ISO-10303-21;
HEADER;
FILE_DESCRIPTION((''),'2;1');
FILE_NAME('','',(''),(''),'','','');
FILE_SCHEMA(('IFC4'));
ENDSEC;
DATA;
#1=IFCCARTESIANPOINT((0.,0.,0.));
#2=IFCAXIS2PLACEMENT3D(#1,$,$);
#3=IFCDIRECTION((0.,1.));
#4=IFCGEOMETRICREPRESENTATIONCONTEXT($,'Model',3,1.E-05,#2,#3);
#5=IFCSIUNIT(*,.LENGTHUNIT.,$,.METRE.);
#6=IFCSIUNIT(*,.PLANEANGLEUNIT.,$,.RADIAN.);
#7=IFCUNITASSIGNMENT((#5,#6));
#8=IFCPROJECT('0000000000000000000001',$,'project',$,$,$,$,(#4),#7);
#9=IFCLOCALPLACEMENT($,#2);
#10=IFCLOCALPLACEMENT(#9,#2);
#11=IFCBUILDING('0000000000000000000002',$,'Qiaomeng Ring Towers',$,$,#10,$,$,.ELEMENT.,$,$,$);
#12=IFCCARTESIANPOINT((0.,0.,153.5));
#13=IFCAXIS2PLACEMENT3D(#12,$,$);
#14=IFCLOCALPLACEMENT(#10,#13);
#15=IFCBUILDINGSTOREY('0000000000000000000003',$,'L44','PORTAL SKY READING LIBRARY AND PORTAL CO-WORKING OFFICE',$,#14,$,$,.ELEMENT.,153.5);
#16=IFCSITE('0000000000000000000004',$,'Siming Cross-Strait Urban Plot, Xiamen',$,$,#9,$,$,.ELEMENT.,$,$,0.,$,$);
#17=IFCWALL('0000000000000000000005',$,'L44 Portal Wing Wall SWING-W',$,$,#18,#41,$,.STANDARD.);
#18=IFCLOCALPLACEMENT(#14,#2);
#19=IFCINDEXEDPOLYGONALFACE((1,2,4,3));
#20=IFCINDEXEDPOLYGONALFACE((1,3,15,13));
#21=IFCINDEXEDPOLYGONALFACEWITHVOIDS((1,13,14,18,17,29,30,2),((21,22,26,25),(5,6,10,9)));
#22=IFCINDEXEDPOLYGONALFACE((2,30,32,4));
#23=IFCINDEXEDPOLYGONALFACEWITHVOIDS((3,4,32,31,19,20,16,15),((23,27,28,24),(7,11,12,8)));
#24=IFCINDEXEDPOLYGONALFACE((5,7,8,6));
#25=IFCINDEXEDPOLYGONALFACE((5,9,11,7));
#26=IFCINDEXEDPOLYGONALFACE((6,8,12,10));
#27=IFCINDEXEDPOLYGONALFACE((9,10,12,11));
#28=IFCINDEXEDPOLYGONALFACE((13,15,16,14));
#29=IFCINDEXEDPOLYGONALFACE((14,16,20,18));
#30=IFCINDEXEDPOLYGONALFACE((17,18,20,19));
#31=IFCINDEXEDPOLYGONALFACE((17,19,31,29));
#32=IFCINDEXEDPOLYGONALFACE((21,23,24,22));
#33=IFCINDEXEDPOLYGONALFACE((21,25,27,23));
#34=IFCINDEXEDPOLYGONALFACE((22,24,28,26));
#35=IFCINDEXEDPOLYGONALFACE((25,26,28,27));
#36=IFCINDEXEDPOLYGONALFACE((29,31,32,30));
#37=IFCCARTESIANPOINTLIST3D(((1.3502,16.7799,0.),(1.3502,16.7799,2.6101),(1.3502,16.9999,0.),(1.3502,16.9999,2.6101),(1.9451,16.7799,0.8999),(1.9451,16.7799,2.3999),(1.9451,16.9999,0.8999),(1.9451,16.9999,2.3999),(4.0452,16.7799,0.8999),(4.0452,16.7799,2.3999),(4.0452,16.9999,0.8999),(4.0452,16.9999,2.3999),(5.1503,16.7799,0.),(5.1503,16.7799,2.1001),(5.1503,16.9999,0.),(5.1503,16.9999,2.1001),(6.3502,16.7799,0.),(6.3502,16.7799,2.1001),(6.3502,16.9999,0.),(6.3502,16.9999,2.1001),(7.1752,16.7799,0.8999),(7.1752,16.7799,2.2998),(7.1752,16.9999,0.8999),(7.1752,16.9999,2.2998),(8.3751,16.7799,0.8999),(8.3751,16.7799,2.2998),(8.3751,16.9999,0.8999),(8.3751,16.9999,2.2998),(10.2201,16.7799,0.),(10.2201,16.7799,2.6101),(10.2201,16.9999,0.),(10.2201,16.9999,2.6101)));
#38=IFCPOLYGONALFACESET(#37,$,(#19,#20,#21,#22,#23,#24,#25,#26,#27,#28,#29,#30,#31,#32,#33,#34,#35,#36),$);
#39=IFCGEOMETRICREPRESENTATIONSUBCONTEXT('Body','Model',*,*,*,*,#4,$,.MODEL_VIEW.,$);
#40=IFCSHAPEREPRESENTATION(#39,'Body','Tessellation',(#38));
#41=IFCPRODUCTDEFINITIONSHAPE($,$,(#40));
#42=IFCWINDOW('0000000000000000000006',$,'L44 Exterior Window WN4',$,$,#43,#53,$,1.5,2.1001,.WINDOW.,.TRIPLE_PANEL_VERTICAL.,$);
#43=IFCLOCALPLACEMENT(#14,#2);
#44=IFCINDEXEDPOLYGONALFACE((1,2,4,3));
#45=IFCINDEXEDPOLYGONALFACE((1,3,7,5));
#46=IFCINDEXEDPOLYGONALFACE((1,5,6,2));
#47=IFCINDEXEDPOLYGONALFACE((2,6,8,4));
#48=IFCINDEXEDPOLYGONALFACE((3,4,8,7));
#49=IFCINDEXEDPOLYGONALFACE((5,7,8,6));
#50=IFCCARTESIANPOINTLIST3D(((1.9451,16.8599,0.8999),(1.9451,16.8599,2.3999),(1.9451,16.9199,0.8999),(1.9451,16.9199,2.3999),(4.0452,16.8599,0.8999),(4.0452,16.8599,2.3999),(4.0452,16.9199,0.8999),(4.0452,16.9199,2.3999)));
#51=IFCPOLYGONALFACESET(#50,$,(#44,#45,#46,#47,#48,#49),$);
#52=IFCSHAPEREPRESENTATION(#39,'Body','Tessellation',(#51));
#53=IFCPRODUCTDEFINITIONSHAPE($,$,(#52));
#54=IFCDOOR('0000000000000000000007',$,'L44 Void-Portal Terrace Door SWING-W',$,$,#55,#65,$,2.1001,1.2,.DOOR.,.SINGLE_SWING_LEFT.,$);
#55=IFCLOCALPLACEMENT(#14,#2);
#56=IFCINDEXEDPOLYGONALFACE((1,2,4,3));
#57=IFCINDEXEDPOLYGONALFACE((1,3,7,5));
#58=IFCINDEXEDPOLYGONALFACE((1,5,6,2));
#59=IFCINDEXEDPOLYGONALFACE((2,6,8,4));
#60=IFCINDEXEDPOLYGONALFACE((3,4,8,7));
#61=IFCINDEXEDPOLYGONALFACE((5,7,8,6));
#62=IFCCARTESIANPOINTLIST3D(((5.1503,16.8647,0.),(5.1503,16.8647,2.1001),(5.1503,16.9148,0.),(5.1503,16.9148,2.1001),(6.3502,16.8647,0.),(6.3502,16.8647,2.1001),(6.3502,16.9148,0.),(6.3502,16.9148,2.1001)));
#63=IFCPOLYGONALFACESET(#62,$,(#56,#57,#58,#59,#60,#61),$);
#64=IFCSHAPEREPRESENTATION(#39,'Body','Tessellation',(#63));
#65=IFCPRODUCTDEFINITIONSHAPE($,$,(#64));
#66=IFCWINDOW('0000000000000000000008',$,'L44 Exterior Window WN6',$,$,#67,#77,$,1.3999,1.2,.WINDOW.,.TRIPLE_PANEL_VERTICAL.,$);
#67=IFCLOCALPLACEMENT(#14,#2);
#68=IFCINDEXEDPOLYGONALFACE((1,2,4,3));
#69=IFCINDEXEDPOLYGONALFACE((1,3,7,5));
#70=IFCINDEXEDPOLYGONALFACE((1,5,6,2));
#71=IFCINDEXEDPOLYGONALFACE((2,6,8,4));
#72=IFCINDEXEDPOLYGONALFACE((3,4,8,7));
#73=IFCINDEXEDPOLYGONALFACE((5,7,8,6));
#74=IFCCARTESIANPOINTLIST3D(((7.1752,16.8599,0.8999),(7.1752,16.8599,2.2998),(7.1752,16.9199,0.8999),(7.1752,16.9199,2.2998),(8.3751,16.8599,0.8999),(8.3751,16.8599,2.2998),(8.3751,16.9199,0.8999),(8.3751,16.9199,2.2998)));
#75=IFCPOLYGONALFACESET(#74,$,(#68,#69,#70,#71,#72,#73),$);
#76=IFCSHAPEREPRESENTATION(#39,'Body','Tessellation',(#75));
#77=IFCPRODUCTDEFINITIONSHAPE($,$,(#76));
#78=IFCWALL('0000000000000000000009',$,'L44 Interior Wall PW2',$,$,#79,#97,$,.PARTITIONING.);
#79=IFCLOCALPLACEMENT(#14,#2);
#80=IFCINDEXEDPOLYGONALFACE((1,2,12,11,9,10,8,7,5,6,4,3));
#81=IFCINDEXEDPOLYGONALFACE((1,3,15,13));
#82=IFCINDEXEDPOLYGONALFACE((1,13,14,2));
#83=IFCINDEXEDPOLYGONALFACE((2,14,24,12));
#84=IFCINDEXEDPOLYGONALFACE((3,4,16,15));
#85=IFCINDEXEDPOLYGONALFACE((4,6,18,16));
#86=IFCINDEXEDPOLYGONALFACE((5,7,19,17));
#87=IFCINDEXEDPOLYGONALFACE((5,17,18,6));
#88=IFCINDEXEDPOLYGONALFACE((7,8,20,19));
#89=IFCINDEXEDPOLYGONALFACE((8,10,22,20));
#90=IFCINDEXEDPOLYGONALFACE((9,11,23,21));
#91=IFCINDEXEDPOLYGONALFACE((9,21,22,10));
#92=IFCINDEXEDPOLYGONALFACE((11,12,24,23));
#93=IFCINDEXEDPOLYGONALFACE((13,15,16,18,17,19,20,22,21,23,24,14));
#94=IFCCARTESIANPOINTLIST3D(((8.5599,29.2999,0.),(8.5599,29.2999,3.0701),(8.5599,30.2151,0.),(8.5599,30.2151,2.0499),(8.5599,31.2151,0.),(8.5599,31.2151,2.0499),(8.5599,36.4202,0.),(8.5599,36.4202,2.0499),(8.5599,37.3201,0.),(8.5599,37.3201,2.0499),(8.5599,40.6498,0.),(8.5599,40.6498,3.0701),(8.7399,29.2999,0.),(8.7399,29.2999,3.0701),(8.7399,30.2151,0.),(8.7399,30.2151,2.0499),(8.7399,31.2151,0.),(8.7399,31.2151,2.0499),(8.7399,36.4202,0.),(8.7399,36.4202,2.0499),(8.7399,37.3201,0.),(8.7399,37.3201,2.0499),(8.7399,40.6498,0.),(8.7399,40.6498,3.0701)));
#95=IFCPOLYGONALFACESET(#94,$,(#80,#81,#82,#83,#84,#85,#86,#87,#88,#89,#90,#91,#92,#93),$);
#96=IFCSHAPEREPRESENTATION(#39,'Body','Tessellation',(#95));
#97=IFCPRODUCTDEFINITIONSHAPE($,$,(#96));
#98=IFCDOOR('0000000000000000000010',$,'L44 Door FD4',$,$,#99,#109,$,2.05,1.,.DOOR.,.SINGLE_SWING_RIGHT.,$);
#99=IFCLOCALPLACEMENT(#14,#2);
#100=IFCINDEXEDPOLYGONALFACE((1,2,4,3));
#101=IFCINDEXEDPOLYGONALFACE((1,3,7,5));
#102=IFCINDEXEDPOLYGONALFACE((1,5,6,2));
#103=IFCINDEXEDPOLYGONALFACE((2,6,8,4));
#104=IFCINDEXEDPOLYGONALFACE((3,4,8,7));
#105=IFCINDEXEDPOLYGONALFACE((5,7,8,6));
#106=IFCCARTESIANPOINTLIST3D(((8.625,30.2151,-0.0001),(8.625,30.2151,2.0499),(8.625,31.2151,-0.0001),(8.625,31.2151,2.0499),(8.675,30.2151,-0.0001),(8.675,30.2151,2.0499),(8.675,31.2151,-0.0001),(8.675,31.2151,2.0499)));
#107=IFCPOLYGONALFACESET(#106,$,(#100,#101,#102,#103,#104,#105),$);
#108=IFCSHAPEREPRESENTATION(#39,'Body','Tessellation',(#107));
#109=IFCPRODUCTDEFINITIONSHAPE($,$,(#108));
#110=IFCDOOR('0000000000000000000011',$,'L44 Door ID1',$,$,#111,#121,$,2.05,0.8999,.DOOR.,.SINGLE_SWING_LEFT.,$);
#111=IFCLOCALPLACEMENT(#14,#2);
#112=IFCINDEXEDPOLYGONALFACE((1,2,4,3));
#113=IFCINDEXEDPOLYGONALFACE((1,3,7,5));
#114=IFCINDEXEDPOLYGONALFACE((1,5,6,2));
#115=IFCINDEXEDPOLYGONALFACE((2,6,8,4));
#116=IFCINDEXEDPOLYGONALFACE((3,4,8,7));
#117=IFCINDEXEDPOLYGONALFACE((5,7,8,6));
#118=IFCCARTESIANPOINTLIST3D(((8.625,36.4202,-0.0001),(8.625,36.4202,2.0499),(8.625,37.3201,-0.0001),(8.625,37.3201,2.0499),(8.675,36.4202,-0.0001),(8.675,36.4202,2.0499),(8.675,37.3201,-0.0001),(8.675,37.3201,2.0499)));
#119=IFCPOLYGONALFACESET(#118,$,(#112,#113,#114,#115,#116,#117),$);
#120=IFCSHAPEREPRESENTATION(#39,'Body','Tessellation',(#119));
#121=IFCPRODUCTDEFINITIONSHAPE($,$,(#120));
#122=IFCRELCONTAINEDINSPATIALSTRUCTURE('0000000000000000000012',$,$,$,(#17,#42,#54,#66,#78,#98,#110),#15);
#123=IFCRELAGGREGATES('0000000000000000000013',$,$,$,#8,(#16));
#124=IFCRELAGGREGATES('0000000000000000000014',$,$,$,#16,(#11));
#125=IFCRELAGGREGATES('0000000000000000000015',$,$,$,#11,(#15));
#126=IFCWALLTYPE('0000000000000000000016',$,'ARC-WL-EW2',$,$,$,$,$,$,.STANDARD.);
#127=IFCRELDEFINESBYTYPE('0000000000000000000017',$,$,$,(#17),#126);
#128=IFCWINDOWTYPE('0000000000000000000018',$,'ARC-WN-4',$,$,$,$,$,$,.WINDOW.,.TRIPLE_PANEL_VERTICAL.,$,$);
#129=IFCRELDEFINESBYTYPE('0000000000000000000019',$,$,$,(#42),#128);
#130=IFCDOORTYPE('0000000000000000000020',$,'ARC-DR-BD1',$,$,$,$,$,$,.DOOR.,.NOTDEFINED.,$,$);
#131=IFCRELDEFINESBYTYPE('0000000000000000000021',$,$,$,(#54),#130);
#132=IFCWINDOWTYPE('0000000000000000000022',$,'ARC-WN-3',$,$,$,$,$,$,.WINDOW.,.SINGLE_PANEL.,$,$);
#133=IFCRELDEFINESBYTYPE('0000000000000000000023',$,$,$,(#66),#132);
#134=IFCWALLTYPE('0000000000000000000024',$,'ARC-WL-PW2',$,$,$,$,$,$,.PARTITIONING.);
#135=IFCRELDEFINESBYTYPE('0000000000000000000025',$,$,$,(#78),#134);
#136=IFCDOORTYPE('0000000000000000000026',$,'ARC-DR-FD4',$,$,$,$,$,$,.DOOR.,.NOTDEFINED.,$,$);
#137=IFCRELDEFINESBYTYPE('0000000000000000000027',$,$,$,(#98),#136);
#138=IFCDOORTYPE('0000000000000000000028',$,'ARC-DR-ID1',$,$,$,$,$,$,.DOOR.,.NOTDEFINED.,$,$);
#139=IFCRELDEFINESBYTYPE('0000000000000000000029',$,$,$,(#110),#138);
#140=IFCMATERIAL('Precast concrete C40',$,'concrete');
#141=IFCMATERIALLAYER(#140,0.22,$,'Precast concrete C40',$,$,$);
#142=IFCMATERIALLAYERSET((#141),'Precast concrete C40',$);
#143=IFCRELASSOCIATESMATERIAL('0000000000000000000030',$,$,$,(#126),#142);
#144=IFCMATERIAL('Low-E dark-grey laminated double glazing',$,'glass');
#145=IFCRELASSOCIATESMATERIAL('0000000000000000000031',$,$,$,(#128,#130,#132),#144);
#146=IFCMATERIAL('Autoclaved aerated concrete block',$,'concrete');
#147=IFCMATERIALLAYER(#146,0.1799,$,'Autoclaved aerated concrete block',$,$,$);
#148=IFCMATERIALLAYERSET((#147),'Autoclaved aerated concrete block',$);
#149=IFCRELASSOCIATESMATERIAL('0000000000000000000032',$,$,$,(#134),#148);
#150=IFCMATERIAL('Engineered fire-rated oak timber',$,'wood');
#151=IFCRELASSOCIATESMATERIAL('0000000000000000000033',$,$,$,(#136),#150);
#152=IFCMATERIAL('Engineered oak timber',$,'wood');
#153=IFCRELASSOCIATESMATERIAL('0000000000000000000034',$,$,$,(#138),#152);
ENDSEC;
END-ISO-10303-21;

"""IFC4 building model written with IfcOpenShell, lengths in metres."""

from ifc_helpers import new_model, si_unit, direction, frame, frame_2d, origin, place, context, subcontext, project, spatial, rectangle, extrude, source, transform, mapped, material, layer, layer_set, type_object, element, fill, save


model = new_model("IFC4")

# Units and contexts
model_context = context("Model", 3, precision=1e-05, world=origin(), true_north=direction((0.0, 1.0)))
body_context = subcontext(model_context, "Body", "Model", "MODEL_VIEW")
ifc_project = project(units=[si_unit("LENGTHUNIT", "METRE"), si_unit("PLANEANGLEUNIT", "RADIAN")], contexts=[model_context])

# Site, building, storey
site_placement = place(None, origin())
site = spatial("IfcSite", under=ifc_project, at=site_placement, Name="Siming Cross-Strait Urban Plot, Xiamen", CompositionType="ELEMENT", RefElevation=0.0)
building_placement = place(site_placement, origin())
building = spatial("IfcBuilding", under=site, at=building_placement, Name="Qiaomeng Ring Towers", CompositionType="ELEMENT")
storey_placement = place(building_placement, frame((0.0, 0.0, 153.5)))
storey = spatial("IfcBuildingStorey", under=building, at=storey_placement, Name="L44", Description="PORTAL SKY READING LIBRARY AND PORTAL CO-WORKING OFFICE", CompositionType="ELEMENT", Elevation=153.5)

# Shared definitions
ifc_material_1 = material(Name="Precast concrete C40", Category="concrete")
ifc_layer_1 = layer(ifc_material_1, 0.22, Name="Precast concrete C40")
ifc_layer_set_1 = layer_set([ifc_layer_1], Name="Precast concrete C40")
wall_type_1 = type_object("IfcWallType", Name="ARC-WL-EW2", PredefinedType="STANDARD", material=ifc_layer_set_1)
ifc_material_2 = material(Name="Low-E dark-grey laminated double glazing", Category="glass")
window_type_1 = type_object("IfcWindowType", Name="ARC-WN-4", PartitioningType="TRIPLE_PANEL_VERTICAL", PredefinedType="WINDOW", material=ifc_material_2)
door_type_1 = type_object("IfcDoorType", Name="ARC-DR-BD1", OperationType="NOTDEFINED", PredefinedType="DOOR", material=ifc_material_2)
shared_shape_1 = source(origin(), body_context, "Body", "SweptSolid", [
    extrude(rectangle(XDim=1.2, YDim=2.1001, at=frame_2d((0.6001, 1.05))), frame((0.0, 0.0249, 0.0), z_axis=(0.0, -1.0, 0.0), x_axis=(1.0, 0.0, 0.0)), (0.0, 0.0, 1.0), 0.05),
])

# Wall, openings, windows, door
wall_1_placement = place(storey_placement, frame((1.3501, 16.8899, 0.0), z_axis=(0.0, 0.0, 1.0), x_axis=(1.0, 0.0, 0.0)))
wall_1 = element("IfcWall", 1, at=wall_1_placement, inside=storey, type_object=wall_type_1, Name="L44 Portal Wing Wall SWING-W", PredefinedType="STANDARD", context=body_context, shape_type="SweptSolid", body=[
    extrude(rectangle(XDim=8.8699, YDim=0.22, at=frame_2d((4.4351, 0.0))), origin(), (0.0, 0.0, 1.0), 2.6101),
])
opening_1_placement = place(wall_1_placement, frame((3.8, 0.0, 0.0)))
opening_1 = element("IfcOpeningElement", 2, at=opening_1_placement, cuts=wall_1, PredefinedType="OPENING", context=body_context, shape_type="SweptSolid", body=[
    extrude(rectangle(XDim=1.2, YDim=2.1001, at=frame_2d((0.6001, 1.05))), frame((0.0, 0.1199, 0.0), z_axis=(0.0, -1.0, 0.0), x_axis=(1.0, 0.0, 0.0)), (0.0, 0.0, 1.0), 0.24),
])
opening_2_placement = place(wall_1_placement, frame((0.595, 0.0, 0.8999)))
opening_2 = element("IfcOpeningElement", 3, at=opening_2_placement, cuts=wall_1, PredefinedType="OPENING", context=body_context, shape_type="SweptSolid", body=[
    extrude(rectangle(XDim=2.1001, YDim=1.5, at=frame_2d((1.05, 0.75))), frame((0.0, 0.1199, 0.0), z_axis=(0.0, -1.0, 0.0), x_axis=(1.0, 0.0, 0.0)), (0.0, 0.0, 1.0), 0.24),
])
opening_3_placement = place(wall_1_placement, frame((5.825, 0.0, 0.8999)))
opening_3 = element("IfcOpeningElement", 4, at=opening_3_placement, cuts=wall_1, PredefinedType="OPENING", context=body_context, shape_type="SweptSolid", body=[
    extrude(rectangle(XDim=1.2, YDim=1.3999, at=frame_2d((0.6001, 0.7))), frame((0.0, 0.1199, 0.0), z_axis=(0.0, -1.0, 0.0), x_axis=(1.0, 0.0, 0.0)), (0.0, 0.0, 1.0), 0.24),
])
shared_shape_2 = source(origin(), body_context, "Body", "SweptSolid", [
    extrude(rectangle(XDim=2.1001, YDim=1.5, at=frame_2d((1.05, 0.75))), frame((0.0, 0.03, 0.0), z_axis=(0.0, -1.0, 0.0), x_axis=(1.0, 0.0, 0.0)), (0.0, 0.0, 1.0), 0.0601),
])
window_1_placement = place(opening_2_placement, origin())
window_1 = element("IfcWindow", 5, at=window_1_placement, inside=storey, type_object=window_type_1, Name="L44 Exterior Window WN4", OverallHeight=1.5, OverallWidth=2.1001, PartitioningType="TRIPLE_PANEL_VERTICAL", PredefinedType="WINDOW", context=body_context, shape_type="MappedRepresentation", body=[
    mapped(shared_shape_2, transform((0.0, 0.0, 0.0), x_axis=(1.0, 0.0, 0.0), y_axis=(0.0, 1.0, 0.0), z_axis=(0.0, 0.0, 1.0), scale=1.0)),
])
fill(opening_2, window_1)
door_1_placement = place(opening_1_placement, origin())
door_1 = element("IfcDoor", 6, at=door_1_placement, inside=storey, type_object=door_type_1, Name="L44 Void-Portal Terrace Door SWING-W", OperationType="SINGLE_SWING_LEFT", OverallHeight=2.1001, OverallWidth=1.2, PredefinedType="DOOR", context=body_context, shape_type="MappedRepresentation", body=[
    mapped(shared_shape_1, transform((0.0, 0.0, 0.0), x_axis=(1.0, 0.0, 0.0), y_axis=(0.0, 1.0, 0.0), z_axis=(0.0, 0.0, 1.0), scale=1.0)),
])
fill(opening_1, door_1)
window_type_2 = type_object("IfcWindowType", Name="ARC-WN-3", PartitioningType="SINGLE_PANEL", PredefinedType="WINDOW", material=ifc_material_2)
shared_shape_3 = source(origin(), body_context, "Body", "SweptSolid", [
    extrude(rectangle(XDim=1.2, YDim=1.3999, at=frame_2d((0.6001, 0.7))), frame((0.0, 0.03, 0.0), z_axis=(0.0, -1.0, 0.0), x_axis=(1.0, 0.0, 0.0)), (0.0, 0.0, 1.0), 0.0601),
])
window_2_placement = place(opening_3_placement, origin())
window_2 = element("IfcWindow", 7, at=window_2_placement, inside=storey, type_object=window_type_2, Name="L44 Exterior Window WN6", OverallHeight=1.3999, OverallWidth=1.2, PartitioningType="TRIPLE_PANEL_VERTICAL", PredefinedType="WINDOW", context=body_context, shape_type="MappedRepresentation", body=[
    mapped(shared_shape_3, transform((0.0, 0.0, 0.0), x_axis=(1.0, 0.0, 0.0), y_axis=(0.0, 1.0, 0.0), z_axis=(0.0, 0.0, 1.0), scale=1.0)),
])
fill(opening_3, window_2)

# Wall, openings, doors
ifc_material_3 = material(Name="Autoclaved aerated concrete block", Category="concrete")
ifc_layer_2 = layer(ifc_material_3, 0.1799, Name="Autoclaved aerated concrete block")
ifc_layer_set_2 = layer_set([ifc_layer_2], Name="Autoclaved aerated concrete block")
wall_type_2 = type_object("IfcWallType", Name="ARC-WL-PW2", PredefinedType="PARTITIONING", material=ifc_layer_set_2)
wall_2_placement = place(storey_placement, frame((8.6499, 29.3, 0.0), z_axis=(0.0, 0.0, 1.0), x_axis=(0.0, 1.0, 0.0)))
wall_2 = element("IfcWall", 8, at=wall_2_placement, inside=storey, type_object=wall_type_2, Name="L44 Interior Wall PW2", PredefinedType="PARTITIONING", context=body_context, shape_type="SweptSolid", body=[
    extrude(rectangle(XDim=11.3499, YDim=0.1799, at=frame_2d((5.6748, 0.0))), origin(), (0.0, 0.0, 1.0), 3.0701),
])
opening_4_placement = place(wall_2_placement, frame((0.915, 0.0, 0.0)))
opening_4 = element("IfcOpeningElement", 9, at=opening_4_placement, cuts=wall_2, PredefinedType="OPENING", context=body_context, shape_type="SweptSolid", body=[
    extrude(rectangle(XDim=1.0, YDim=2.05, at=frame_2d((0.5, 1.0249))), frame((0.0, 0.0999, 0.0), z_axis=(0.0, -1.0, 0.0), x_axis=(1.0, 0.0, 0.0)), (0.0, 0.0, 1.0), 0.2),
])
opening_5_placement = place(wall_2_placement, frame((7.1201, 0.0, 0.0)))
opening_5 = element("IfcOpeningElement", 10, at=opening_5_placement, cuts=wall_2, PredefinedType="OPENING", context=body_context, shape_type="SweptSolid", body=[
    extrude(rectangle(XDim=0.8999, YDim=2.05, at=frame_2d((0.45, 1.0249))), frame((0.0, 0.0999, 0.0), z_axis=(0.0, -1.0, 0.0), x_axis=(1.0, 0.0, 0.0)), (0.0, 0.0, 1.0), 0.2),
])
ifc_material_4 = material(Name="Engineered fire-rated oak timber", Category="wood")
door_type_2 = type_object("IfcDoorType", Name="ARC-DR-FD4", OperationType="NOTDEFINED", PredefinedType="DOOR", material=ifc_material_4)
shared_shape_4 = source(origin(), body_context, "Body", "SweptSolid", [
    extrude(rectangle(XDim=1.0, YDim=2.05, at=frame_2d((0.5, 1.0249))), frame((0.0, 0.0249, 0.0), z_axis=(0.0, -1.0, 0.0), x_axis=(1.0, 0.0, 0.0)), (0.0, 0.0, 1.0), 0.05),
])
door_2_placement = place(opening_4_placement, origin())
door_2 = element("IfcDoor", 11, at=door_2_placement, inside=storey, type_object=door_type_2, Name="L44 Door FD4", OperationType="SINGLE_SWING_RIGHT", OverallHeight=2.05, OverallWidth=1.0, PredefinedType="DOOR", context=body_context, shape_type="MappedRepresentation", body=[
    mapped(shared_shape_4, transform((0.0, 0.0, 0.0), x_axis=(1.0, 0.0, 0.0), y_axis=(0.0, 1.0, 0.0), z_axis=(0.0, 0.0, 1.0), scale=1.0)),
])
fill(opening_4, door_2)
ifc_material_5 = material(Name="Engineered oak timber", Category="wood")
door_type_3 = type_object("IfcDoorType", Name="ARC-DR-ID1", OperationType="NOTDEFINED", PredefinedType="DOOR", material=ifc_material_5)
shared_shape_5 = source(origin(), body_context, "Body", "SweptSolid", [
    extrude(rectangle(XDim=0.8999, YDim=2.05, at=frame_2d((0.45, 1.0249))), frame((0.0, 0.0249, 0.0), z_axis=(0.0, -1.0, 0.0), x_axis=(1.0, 0.0, 0.0)), (0.0, 0.0, 1.0), 0.05),
])
door_3_placement = place(opening_5_placement, origin())
door_3 = element("IfcDoor", 12, at=door_3_placement, inside=storey, type_object=door_type_3, Name="L44 Door ID1", OperationType="SINGLE_SWING_LEFT", OverallHeight=2.05, OverallWidth=0.8999, PredefinedType="DOOR", context=body_context, shape_type="MappedRepresentation", body=[
    mapped(shared_shape_5, transform((0.0, 0.0, 0.0), x_axis=(1.0, 0.0, 0.0), y_axis=(0.0, 1.0, 0.0), z_axis=(0.0, 0.0, 1.0), scale=1.0)),
])
fill(opening_5, door_3)

save(model, "model.ifc")
